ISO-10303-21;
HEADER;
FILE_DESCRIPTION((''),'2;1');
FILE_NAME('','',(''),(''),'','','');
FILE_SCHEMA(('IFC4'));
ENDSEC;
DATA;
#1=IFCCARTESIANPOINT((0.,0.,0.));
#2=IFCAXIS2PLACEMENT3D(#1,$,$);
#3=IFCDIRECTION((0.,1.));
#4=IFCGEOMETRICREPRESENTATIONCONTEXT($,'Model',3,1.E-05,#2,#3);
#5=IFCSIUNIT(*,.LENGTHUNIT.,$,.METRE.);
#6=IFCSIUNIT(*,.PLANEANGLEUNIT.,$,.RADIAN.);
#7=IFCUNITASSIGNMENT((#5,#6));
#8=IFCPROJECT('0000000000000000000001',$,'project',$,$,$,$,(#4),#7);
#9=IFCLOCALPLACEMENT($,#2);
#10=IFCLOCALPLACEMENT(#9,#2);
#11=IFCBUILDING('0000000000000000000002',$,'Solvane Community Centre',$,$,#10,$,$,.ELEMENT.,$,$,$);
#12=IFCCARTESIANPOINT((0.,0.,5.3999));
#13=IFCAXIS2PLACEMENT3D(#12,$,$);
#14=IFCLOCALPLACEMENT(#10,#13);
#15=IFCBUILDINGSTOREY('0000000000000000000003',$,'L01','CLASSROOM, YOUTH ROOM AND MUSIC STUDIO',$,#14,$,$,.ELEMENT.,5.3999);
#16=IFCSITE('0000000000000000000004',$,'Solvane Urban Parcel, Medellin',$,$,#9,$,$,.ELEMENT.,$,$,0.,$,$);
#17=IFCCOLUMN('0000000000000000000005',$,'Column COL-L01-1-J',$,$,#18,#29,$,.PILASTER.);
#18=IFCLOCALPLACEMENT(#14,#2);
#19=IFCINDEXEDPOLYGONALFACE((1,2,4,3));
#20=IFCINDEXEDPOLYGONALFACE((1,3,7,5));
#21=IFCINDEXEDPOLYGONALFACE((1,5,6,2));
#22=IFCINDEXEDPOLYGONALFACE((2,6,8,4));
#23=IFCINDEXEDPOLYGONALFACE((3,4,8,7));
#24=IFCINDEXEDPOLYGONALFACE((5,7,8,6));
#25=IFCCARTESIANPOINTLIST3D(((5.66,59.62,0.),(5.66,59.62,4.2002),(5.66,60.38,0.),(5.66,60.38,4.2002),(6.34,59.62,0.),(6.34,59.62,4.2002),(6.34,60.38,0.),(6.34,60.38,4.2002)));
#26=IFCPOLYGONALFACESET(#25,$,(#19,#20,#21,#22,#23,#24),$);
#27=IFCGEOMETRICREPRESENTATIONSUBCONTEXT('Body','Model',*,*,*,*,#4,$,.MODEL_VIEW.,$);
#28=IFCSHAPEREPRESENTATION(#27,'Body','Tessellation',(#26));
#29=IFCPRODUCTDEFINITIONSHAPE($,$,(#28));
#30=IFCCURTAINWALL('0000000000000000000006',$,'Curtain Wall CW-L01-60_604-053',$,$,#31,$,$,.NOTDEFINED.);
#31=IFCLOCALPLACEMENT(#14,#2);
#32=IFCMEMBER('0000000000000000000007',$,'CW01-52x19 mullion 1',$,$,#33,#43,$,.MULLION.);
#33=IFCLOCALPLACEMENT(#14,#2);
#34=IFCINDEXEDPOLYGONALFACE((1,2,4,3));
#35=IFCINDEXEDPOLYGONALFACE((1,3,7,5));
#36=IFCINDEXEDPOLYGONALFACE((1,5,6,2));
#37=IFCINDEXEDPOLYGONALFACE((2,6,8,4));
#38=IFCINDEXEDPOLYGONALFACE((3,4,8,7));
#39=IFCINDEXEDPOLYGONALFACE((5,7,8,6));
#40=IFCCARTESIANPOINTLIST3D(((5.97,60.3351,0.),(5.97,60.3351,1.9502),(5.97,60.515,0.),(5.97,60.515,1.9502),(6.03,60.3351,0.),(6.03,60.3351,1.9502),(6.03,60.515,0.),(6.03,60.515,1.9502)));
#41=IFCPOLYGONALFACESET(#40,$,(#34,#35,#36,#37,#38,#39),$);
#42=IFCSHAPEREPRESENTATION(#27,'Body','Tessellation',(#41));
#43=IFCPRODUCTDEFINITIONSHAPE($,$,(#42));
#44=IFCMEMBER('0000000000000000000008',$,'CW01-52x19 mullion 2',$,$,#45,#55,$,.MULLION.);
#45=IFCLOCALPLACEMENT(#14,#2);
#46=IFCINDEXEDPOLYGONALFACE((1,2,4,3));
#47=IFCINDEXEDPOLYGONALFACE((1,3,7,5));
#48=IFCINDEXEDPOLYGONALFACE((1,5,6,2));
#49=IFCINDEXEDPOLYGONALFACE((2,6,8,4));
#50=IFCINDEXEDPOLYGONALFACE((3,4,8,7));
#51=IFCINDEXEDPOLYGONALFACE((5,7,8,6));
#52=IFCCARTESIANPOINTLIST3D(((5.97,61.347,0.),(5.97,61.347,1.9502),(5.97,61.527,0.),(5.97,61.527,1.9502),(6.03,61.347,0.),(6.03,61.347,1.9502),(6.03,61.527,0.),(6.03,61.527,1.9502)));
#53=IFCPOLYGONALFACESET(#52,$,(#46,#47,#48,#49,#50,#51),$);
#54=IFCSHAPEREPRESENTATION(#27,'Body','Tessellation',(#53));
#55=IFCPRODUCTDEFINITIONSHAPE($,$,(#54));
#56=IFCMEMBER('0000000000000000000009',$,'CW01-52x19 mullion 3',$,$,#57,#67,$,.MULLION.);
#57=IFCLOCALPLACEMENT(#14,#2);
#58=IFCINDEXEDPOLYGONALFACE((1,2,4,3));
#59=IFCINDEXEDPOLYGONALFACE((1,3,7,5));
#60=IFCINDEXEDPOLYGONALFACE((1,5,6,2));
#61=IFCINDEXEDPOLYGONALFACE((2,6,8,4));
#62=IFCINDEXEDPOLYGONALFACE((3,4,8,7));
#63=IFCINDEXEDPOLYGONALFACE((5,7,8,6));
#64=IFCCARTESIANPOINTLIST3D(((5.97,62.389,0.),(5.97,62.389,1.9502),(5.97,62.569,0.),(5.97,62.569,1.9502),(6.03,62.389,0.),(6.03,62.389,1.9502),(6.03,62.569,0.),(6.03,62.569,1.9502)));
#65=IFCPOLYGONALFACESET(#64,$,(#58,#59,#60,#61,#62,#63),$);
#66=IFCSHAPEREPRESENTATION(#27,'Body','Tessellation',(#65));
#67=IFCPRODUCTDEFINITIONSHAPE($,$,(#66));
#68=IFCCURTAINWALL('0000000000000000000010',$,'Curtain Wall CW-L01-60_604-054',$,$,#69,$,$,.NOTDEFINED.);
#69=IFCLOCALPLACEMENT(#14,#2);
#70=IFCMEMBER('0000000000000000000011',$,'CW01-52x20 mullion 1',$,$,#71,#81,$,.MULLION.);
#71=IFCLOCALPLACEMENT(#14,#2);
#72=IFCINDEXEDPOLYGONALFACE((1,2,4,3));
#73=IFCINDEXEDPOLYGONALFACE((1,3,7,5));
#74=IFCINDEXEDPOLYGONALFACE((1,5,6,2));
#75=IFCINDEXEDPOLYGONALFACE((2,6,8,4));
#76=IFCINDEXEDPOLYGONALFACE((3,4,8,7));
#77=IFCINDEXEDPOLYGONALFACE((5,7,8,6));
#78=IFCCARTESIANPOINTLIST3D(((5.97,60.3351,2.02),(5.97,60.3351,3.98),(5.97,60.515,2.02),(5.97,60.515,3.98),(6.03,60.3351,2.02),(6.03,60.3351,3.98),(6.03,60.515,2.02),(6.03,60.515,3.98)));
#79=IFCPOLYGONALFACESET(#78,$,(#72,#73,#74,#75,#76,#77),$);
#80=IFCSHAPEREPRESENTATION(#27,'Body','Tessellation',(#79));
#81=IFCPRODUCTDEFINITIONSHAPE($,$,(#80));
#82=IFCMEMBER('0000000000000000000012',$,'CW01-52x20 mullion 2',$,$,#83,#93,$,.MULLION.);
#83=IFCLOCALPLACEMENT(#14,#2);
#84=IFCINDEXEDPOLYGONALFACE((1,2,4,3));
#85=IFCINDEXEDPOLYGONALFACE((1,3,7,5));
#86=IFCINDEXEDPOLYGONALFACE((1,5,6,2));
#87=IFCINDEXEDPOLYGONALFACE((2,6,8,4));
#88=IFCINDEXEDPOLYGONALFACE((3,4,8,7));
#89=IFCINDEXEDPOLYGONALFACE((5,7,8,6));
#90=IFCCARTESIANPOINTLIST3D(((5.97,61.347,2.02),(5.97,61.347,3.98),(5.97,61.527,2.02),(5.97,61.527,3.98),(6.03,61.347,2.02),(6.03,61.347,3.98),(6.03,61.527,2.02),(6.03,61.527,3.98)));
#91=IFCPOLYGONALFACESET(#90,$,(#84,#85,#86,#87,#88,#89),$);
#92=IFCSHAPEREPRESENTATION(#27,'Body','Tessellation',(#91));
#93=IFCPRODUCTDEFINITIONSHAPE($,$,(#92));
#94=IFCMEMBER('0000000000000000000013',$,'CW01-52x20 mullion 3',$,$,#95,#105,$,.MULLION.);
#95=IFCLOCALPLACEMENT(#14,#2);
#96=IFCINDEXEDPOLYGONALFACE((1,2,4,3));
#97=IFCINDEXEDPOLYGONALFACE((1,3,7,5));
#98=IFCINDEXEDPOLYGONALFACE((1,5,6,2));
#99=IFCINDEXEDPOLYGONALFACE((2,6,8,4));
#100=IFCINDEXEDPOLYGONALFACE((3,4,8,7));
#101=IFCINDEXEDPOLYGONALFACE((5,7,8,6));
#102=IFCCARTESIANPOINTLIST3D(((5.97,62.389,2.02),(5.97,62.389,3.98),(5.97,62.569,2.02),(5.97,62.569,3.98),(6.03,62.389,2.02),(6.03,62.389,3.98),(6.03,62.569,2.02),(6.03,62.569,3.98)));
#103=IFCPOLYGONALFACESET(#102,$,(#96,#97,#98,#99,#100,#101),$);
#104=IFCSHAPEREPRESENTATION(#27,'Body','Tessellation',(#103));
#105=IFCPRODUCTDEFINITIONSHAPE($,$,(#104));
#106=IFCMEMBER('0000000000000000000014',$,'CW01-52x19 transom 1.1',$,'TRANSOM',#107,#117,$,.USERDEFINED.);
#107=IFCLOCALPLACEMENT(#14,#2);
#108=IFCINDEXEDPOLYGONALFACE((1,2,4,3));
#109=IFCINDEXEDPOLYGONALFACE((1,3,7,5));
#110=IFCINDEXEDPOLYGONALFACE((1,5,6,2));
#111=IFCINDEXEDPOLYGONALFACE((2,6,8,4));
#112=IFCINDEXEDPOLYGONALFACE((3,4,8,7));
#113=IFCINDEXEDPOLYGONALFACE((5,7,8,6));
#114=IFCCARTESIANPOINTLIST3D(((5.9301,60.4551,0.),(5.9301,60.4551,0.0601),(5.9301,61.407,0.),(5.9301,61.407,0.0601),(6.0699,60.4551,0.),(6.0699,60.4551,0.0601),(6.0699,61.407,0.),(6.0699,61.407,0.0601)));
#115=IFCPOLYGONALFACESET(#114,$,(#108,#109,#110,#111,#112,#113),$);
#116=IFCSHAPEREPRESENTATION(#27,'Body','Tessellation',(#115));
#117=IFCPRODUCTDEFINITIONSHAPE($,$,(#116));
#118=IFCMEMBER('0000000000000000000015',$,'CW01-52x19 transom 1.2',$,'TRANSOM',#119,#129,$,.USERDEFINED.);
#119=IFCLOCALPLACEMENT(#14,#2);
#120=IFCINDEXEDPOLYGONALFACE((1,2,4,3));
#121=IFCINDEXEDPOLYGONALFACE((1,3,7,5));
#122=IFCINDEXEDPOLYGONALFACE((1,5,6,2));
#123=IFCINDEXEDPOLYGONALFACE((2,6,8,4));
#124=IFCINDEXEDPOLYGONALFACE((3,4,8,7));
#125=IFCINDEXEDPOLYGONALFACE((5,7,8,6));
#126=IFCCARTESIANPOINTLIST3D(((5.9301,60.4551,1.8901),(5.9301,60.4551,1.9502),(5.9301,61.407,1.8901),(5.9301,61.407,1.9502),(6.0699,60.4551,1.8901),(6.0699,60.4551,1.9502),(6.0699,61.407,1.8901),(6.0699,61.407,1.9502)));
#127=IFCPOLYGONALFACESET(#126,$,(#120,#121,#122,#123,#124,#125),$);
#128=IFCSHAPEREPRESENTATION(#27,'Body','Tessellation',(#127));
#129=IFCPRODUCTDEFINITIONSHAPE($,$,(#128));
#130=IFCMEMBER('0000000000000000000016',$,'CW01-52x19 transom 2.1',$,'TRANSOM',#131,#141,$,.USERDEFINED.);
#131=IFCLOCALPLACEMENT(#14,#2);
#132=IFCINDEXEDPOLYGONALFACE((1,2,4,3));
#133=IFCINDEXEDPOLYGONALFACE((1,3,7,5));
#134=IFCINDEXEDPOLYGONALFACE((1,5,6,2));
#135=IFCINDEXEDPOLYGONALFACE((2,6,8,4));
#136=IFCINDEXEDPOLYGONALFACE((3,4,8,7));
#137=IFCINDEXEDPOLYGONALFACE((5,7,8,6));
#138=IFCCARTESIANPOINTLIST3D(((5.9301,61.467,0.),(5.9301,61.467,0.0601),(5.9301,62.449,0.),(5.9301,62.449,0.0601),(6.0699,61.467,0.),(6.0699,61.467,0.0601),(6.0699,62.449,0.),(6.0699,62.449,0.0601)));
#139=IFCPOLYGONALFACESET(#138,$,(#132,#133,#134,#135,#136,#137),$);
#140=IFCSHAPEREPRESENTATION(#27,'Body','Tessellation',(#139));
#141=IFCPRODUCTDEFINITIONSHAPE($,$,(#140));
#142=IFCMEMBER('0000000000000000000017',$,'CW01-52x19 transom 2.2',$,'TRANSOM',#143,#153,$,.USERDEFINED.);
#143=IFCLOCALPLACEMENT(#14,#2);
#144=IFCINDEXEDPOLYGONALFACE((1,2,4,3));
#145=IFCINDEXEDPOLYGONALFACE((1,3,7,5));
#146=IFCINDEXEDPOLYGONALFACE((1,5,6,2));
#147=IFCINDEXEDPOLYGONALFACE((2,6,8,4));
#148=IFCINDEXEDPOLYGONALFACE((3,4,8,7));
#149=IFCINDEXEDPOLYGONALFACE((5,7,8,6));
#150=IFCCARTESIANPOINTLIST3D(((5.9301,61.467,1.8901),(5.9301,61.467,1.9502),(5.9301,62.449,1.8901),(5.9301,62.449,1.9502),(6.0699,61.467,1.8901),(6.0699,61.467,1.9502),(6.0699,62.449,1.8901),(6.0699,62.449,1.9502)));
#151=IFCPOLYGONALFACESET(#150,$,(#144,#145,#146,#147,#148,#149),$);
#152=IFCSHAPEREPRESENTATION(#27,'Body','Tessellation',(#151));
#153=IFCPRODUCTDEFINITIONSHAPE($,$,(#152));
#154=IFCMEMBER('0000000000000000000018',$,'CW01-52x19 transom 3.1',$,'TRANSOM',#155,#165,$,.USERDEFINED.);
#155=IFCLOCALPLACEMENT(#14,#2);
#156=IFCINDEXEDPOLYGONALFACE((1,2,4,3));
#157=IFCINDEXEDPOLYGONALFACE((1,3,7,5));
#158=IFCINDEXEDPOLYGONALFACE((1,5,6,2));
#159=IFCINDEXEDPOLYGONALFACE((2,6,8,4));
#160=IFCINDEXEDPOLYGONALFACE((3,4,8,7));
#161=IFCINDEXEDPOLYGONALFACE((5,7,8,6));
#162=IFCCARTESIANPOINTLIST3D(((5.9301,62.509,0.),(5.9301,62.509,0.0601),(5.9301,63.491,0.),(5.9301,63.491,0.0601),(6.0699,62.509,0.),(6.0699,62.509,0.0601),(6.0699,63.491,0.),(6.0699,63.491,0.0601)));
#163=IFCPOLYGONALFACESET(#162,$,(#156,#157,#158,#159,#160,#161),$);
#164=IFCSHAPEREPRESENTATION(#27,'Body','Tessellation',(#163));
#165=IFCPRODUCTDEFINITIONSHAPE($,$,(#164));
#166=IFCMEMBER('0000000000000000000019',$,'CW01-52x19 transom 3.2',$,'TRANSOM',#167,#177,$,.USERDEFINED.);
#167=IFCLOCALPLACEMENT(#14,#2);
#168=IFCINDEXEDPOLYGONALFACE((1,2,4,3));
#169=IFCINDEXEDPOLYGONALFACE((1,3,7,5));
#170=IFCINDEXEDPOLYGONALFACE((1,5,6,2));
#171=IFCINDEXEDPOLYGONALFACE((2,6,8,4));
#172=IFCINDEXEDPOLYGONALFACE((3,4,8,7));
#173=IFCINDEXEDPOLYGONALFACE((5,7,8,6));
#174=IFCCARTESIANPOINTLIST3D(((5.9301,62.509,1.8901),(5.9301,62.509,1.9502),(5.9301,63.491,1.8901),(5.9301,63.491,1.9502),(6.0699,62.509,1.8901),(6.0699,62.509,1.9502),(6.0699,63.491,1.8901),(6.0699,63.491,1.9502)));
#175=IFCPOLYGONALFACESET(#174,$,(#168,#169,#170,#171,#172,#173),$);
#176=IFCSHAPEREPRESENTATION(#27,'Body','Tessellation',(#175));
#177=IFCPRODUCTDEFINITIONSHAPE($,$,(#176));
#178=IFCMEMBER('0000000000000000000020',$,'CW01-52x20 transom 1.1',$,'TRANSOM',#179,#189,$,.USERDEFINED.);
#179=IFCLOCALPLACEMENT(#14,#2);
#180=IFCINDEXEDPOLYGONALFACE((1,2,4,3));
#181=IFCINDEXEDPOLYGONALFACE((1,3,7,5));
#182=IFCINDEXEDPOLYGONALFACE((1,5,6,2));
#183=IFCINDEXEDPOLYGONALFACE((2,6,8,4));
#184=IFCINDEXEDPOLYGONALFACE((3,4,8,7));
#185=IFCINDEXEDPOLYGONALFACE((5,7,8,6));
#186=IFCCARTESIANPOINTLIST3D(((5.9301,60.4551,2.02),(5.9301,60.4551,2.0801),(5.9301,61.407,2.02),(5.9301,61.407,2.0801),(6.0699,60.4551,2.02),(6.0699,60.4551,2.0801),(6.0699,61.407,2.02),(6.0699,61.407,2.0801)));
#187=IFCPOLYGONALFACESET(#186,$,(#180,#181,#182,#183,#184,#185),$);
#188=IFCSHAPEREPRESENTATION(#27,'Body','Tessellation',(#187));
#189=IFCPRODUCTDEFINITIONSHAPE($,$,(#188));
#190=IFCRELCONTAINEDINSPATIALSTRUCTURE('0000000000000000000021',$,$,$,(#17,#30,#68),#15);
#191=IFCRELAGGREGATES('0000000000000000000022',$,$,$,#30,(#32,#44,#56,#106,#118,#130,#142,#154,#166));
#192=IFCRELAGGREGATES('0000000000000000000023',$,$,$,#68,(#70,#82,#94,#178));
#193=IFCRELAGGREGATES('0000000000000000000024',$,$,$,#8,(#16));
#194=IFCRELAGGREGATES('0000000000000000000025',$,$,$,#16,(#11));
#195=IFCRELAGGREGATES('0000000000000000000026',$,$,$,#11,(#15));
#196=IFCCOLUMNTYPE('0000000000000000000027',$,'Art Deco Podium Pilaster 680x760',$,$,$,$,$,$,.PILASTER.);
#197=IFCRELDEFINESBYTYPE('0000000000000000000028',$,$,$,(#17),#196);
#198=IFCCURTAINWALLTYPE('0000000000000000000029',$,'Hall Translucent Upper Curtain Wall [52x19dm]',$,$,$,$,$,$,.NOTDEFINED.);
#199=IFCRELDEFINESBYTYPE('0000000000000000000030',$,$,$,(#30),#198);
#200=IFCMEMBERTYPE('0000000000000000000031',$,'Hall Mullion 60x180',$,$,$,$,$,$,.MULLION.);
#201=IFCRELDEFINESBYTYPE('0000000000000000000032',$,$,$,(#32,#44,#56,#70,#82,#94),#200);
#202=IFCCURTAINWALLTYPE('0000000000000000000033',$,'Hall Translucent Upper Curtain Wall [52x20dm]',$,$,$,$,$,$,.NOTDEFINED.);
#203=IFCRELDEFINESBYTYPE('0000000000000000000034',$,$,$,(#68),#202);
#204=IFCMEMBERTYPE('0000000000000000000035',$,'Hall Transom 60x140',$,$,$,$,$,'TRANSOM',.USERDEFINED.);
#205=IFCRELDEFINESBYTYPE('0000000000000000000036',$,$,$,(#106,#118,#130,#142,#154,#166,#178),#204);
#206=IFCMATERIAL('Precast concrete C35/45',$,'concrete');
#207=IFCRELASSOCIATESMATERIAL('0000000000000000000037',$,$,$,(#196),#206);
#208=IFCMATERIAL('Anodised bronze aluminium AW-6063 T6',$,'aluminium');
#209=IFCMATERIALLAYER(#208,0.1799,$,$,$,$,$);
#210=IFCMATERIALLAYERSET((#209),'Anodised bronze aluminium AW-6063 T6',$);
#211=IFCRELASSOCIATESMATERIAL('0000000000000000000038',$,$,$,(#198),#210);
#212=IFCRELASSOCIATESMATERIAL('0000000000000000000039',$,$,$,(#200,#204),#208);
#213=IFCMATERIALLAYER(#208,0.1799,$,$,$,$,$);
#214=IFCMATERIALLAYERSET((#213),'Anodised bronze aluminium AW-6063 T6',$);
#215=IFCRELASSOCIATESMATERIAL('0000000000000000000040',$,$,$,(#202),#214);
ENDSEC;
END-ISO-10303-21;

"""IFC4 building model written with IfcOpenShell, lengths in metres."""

from ifc_helpers import new_model, si_unit, direction, frame, origin, origin_2d, place, context, subcontext, project, spatial, rectangle, extrude, material, layer, layer_set, material_profile, profile_set, type_object, element, aggregate, save


model = new_model("IFC4")

# Units and contexts
model_context = context("Model", 3, precision=1e-05, world=origin(), true_north=direction((0.0, 1.0)))
body_context = subcontext(model_context, "Body", "Model", "MODEL_VIEW")
ifc_project = project(units=[si_unit("LENGTHUNIT", "METRE"), si_unit("PLANEANGLEUNIT", "RADIAN")], contexts=[model_context])

# Site, building, storey
site_placement = place(None, origin())
site = spatial("IfcSite", under=ifc_project, at=site_placement, Name="Solvane Urban Parcel, Medellin", CompositionType="ELEMENT", RefElevation=0.0)
building_placement = place(site_placement, origin())
building = spatial("IfcBuilding", under=site, at=building_placement, Name="Solvane Community Centre", CompositionType="ELEMENT")
storey_placement = place(building_placement, frame((0.0, 0.0, 5.3999)))
storey = spatial("IfcBuildingStorey", under=building, at=storey_placement, Name="L01", Description="CLASSROOM, YOUTH ROOM AND MUSIC STUDIO", CompositionType="ELEMENT", Elevation=5.3999)

# Column
ifc_material_1 = material(Name="Precast concrete C35/45", Category="concrete")
ifc_material_profile_1 = material_profile(ifc_material_1, rectangle(XDim=0.6799, YDim=0.76, at=origin_2d()), Name="RC 680x760")
ifc_profile_set_1 = profile_set([ifc_material_profile_1], Name="Precast concrete C35/45")
column_type = type_object("IfcColumnType", Name="Art Deco Podium Pilaster 680x760", PredefinedType="PILASTER", material=ifc_profile_set_1)
column_placement = place(storey_placement, frame((6.0, 60.0, 0.0), z_axis=(0.0, 0.0, 1.0), x_axis=(1.0, 0.0, 0.0)))
element("IfcColumn", 1, at=column_placement, inside=storey, type_object=column_type, Name="Column COL-L01-1-J", PredefinedType="PILASTER", context=body_context, shape_type="SweptSolid", body=[
    extrude(rectangle(XDim=0.6799, YDim=0.76, at=origin_2d()), origin(), (0.0, 0.0, 1.0), 4.2002),
])

# Curtain walls, members
ifc_material_2 = material(Name="Anodised bronze aluminium AW-6063 T6", Category="aluminium")
ifc_layer_1 = layer(ifc_material_2, 0.1799)
ifc_layer_set_1 = layer_set([ifc_layer_1], Name="Anodised bronze aluminium AW-6063 T6")
curtain_wall_type_1 = type_object("IfcCurtainWallType", Name="Hall Translucent Upper Curtain Wall [52x19dm]", PredefinedType="NOTDEFINED", material=ifc_layer_set_1)
curtain_wall_1_placement = place(storey_placement, origin())
curtain_wall_1 = element("IfcCurtainWall", 2, at=curtain_wall_1_placement, inside=storey, type_object=curtain_wall_type_1, Name="Curtain Wall CW-L01-60_604-053", PredefinedType="NOTDEFINED")
ifc_material_profile_2 = material_profile(ifc_material_2, rectangle(XDim=0.0601, YDim=0.1799, at=origin_2d()), Name="CW-M 60x180")
ifc_profile_set_2 = profile_set([ifc_material_profile_2], Name="Anodised bronze aluminium AW-6063 T6")
member_type_1 = type_object("IfcMemberType", Name="Hall Mullion 60x180", PredefinedType="MULLION", material=ifc_profile_set_2)
member_1_placement = place(storey_placement, frame((6.0, 60.425, 0.0), z_axis=(0.0, 0.0, 1.0), x_axis=(-1.0, 0.0, 0.0)))
member_1 = element("IfcMember", 3, at=member_1_placement, type_object=member_type_1, Name="CW01-52x19 mullion 1", PredefinedType="MULLION", context=body_context, shape_type="SweptSolid", body=[
    extrude(rectangle(XDim=0.0601, YDim=0.1799, at=origin_2d()), origin(), (0.0, 0.0, 1.0), 1.9502),
])
member_2_placement = place(storey_placement, frame((6.0, 61.437, 0.0), z_axis=(0.0, 0.0, 1.0), x_axis=(-1.0, 0.0, 0.0)))
member_2 = element("IfcMember", 4, at=member_2_placement, type_object=member_type_1, Name="CW01-52x19 mullion 2", PredefinedType="MULLION", context=body_context, shape_type="SweptSolid", body=[
    extrude(rectangle(XDim=0.0601, YDim=0.1799, at=origin_2d()), origin(), (0.0, 0.0, 1.0), 1.9502),
])
member_3_placement = place(storey_placement, frame((6.0, 62.479, 0.0), z_axis=(0.0, 0.0, 1.0), x_axis=(-1.0, 0.0, 0.0)))
member_3 = element("IfcMember", 5, at=member_3_placement, type_object=member_type_1, Name="CW01-52x19 mullion 3", PredefinedType="MULLION", context=body_context, shape_type="SweptSolid", body=[
    extrude(rectangle(XDim=0.0601, YDim=0.1799, at=origin_2d()), origin(), (0.0, 0.0, 1.0), 1.9502),
])
ifc_layer_2 = layer(ifc_material_2, 0.1799)
ifc_layer_set_2 = layer_set([ifc_layer_2], Name="Anodised bronze aluminium AW-6063 T6")
curtain_wall_type_2 = type_object("IfcCurtainWallType", Name="Hall Translucent Upper Curtain Wall [52x20dm]", PredefinedType="NOTDEFINED", material=ifc_layer_set_2)
curtain_wall_2_placement = place(storey_placement, origin())
curtain_wall_2 = element("IfcCurtainWall", 6, at=curtain_wall_2_placement, inside=storey, type_object=curtain_wall_type_2, Name="Curtain Wall CW-L01-60_604-054", PredefinedType="NOTDEFINED")
member_4_placement = place(storey_placement, frame((6.0, 60.425, 2.02), z_axis=(0.0, 0.0, 1.0), x_axis=(-1.0, 0.0, 0.0)))
member_4 = element("IfcMember", 7, at=member_4_placement, type_object=member_type_1, Name="CW01-52x20 mullion 1", PredefinedType="MULLION", context=body_context, shape_type="SweptSolid", body=[
    extrude(rectangle(XDim=0.0601, YDim=0.1799, at=origin_2d()), origin(), (0.0, 0.0, 1.0), 1.96),
])
member_5_placement = place(storey_placement, frame((6.0, 61.437, 2.02), z_axis=(0.0, 0.0, 1.0), x_axis=(-1.0, 0.0, 0.0)))
member_5 = element("IfcMember", 8, at=member_5_placement, type_object=member_type_1, Name="CW01-52x20 mullion 2", PredefinedType="MULLION", context=body_context, shape_type="SweptSolid", body=[
    extrude(rectangle(XDim=0.0601, YDim=0.1799, at=origin_2d()), origin(), (0.0, 0.0, 1.0), 1.96),
])
member_6_placement = place(storey_placement, frame((6.0, 62.479, 2.02), z_axis=(0.0, 0.0, 1.0), x_axis=(-1.0, 0.0, 0.0)))
member_6 = element("IfcMember", 9, at=member_6_placement, type_object=member_type_1, Name="CW01-52x20 mullion 3", PredefinedType="MULLION", context=body_context, shape_type="SweptSolid", body=[
    extrude(rectangle(XDim=0.0601, YDim=0.1799, at=origin_2d()), origin(), (0.0, 0.0, 1.0), 1.96),
])

# Members
ifc_material_profile_3 = material_profile(ifc_material_2, rectangle(XDim=0.1399, YDim=0.0601, at=origin_2d()), Name="CW-T 60x140")
ifc_profile_set_3 = profile_set([ifc_material_profile_3], Name="Anodised bronze aluminium AW-6063 T6")
member_type_2 = type_object("IfcMemberType", Name="Hall Transom 60x140", ElementType="TRANSOM", PredefinedType="USERDEFINED", material=ifc_profile_set_3)
member_7_placement = place(storey_placement, frame((6.0, 60.4551, 0.03), z_axis=(0.0, 1.0, 0.0), x_axis=(-1.0, 0.0, 0.0)))
member_7 = element("IfcMember", 10, at=member_7_placement, type_object=member_type_2, Name="CW01-52x19 transom 1.1", ObjectType="TRANSOM", PredefinedType="USERDEFINED", context=body_context, shape_type="SweptSolid", body=[
    extrude(rectangle(XDim=0.1399, YDim=0.0601, at=origin_2d()), origin(), (0.0, 0.0, 1.0), 0.9519),
])
member_8_placement = place(storey_placement, frame((6.0, 60.4551, 1.9202), z_axis=(0.0, 1.0, 0.0), x_axis=(-1.0, 0.0, 0.0)))
member_8 = element("IfcMember", 11, at=member_8_placement, type_object=member_type_2, Name="CW01-52x19 transom 1.2", ObjectType="TRANSOM", PredefinedType="USERDEFINED", context=body_context, shape_type="SweptSolid", body=[
    extrude(rectangle(XDim=0.1399, YDim=0.0601, at=origin_2d()), origin(), (0.0, 0.0, 1.0), 0.9519),
])
member_9_placement = place(storey_placement, frame((6.0, 61.467, 0.03), z_axis=(0.0, 1.0, 0.0), x_axis=(-1.0, 0.0, 0.0)))
member_9 = element("IfcMember", 12, at=member_9_placement, type_object=member_type_2, Name="CW01-52x19 transom 2.1", ObjectType="TRANSOM", PredefinedType="USERDEFINED", context=body_context, shape_type="SweptSolid", body=[
    extrude(rectangle(XDim=0.1399, YDim=0.0601, at=origin_2d()), origin(), (0.0, 0.0, 1.0), 0.9819),
])
member_10_placement = place(storey_placement, frame((6.0, 61.467, 1.9202), z_axis=(0.0, 1.0, 0.0), x_axis=(-1.0, 0.0, 0.0)))
member_10 = element("IfcMember", 13, at=member_10_placement, type_object=member_type_2, Name="CW01-52x19 transom 2.2", ObjectType="TRANSOM", PredefinedType="USERDEFINED", context=body_context, shape_type="SweptSolid", body=[
    extrude(rectangle(XDim=0.1399, YDim=0.0601, at=origin_2d()), origin(), (0.0, 0.0, 1.0), 0.9819),
])
member_11_placement = place(storey_placement, frame((6.0, 62.509, 0.03), z_axis=(0.0, 1.0, 0.0), x_axis=(-1.0, 0.0, 0.0)))
member_11 = element("IfcMember", 14, at=member_11_placement, type_object=member_type_2, Name="CW01-52x19 transom 3.1", ObjectType="TRANSOM", PredefinedType="USERDEFINED", context=body_context, shape_type="SweptSolid", body=[
    extrude(rectangle(XDim=0.1399, YDim=0.0601, at=origin_2d()), origin(), (0.0, 0.0, 1.0), 0.9819),
])
member_12_placement = place(storey_placement, frame((6.0, 62.509, 1.9202), z_axis=(0.0, 1.0, 0.0), x_axis=(-1.0, 0.0, 0.0)))
member_12 = element("IfcMember", 15, at=member_12_placement, type_object=member_type_2, Name="CW01-52x19 transom 3.2", ObjectType="TRANSOM", PredefinedType="USERDEFINED", context=body_context, shape_type="SweptSolid", body=[
    extrude(rectangle(XDim=0.1399, YDim=0.0601, at=origin_2d()), origin(), (0.0, 0.0, 1.0), 0.9819),
])
member_13_placement = place(storey_placement, frame((6.0, 60.4551, 2.05), z_axis=(0.0, 1.0, 0.0), x_axis=(-1.0, 0.0, 0.0)))
member_13 = element("IfcMember", 16, at=member_13_placement, type_object=member_type_2, Name="CW01-52x20 transom 1.1", ObjectType="TRANSOM", PredefinedType="USERDEFINED", context=body_context, shape_type="SweptSolid", body=[
    extrude(rectangle(XDim=0.1399, YDim=0.0601, at=origin_2d()), origin(), (0.0, 0.0, 1.0), 0.9519),
])

aggregate(curtain_wall_1, [member_1, member_2, member_3, member_7, member_8, member_9, member_10, member_11, member_12])
aggregate(curtain_wall_2, [member_4, member_5, member_6, member_13])

save(model, "model.ifc")
